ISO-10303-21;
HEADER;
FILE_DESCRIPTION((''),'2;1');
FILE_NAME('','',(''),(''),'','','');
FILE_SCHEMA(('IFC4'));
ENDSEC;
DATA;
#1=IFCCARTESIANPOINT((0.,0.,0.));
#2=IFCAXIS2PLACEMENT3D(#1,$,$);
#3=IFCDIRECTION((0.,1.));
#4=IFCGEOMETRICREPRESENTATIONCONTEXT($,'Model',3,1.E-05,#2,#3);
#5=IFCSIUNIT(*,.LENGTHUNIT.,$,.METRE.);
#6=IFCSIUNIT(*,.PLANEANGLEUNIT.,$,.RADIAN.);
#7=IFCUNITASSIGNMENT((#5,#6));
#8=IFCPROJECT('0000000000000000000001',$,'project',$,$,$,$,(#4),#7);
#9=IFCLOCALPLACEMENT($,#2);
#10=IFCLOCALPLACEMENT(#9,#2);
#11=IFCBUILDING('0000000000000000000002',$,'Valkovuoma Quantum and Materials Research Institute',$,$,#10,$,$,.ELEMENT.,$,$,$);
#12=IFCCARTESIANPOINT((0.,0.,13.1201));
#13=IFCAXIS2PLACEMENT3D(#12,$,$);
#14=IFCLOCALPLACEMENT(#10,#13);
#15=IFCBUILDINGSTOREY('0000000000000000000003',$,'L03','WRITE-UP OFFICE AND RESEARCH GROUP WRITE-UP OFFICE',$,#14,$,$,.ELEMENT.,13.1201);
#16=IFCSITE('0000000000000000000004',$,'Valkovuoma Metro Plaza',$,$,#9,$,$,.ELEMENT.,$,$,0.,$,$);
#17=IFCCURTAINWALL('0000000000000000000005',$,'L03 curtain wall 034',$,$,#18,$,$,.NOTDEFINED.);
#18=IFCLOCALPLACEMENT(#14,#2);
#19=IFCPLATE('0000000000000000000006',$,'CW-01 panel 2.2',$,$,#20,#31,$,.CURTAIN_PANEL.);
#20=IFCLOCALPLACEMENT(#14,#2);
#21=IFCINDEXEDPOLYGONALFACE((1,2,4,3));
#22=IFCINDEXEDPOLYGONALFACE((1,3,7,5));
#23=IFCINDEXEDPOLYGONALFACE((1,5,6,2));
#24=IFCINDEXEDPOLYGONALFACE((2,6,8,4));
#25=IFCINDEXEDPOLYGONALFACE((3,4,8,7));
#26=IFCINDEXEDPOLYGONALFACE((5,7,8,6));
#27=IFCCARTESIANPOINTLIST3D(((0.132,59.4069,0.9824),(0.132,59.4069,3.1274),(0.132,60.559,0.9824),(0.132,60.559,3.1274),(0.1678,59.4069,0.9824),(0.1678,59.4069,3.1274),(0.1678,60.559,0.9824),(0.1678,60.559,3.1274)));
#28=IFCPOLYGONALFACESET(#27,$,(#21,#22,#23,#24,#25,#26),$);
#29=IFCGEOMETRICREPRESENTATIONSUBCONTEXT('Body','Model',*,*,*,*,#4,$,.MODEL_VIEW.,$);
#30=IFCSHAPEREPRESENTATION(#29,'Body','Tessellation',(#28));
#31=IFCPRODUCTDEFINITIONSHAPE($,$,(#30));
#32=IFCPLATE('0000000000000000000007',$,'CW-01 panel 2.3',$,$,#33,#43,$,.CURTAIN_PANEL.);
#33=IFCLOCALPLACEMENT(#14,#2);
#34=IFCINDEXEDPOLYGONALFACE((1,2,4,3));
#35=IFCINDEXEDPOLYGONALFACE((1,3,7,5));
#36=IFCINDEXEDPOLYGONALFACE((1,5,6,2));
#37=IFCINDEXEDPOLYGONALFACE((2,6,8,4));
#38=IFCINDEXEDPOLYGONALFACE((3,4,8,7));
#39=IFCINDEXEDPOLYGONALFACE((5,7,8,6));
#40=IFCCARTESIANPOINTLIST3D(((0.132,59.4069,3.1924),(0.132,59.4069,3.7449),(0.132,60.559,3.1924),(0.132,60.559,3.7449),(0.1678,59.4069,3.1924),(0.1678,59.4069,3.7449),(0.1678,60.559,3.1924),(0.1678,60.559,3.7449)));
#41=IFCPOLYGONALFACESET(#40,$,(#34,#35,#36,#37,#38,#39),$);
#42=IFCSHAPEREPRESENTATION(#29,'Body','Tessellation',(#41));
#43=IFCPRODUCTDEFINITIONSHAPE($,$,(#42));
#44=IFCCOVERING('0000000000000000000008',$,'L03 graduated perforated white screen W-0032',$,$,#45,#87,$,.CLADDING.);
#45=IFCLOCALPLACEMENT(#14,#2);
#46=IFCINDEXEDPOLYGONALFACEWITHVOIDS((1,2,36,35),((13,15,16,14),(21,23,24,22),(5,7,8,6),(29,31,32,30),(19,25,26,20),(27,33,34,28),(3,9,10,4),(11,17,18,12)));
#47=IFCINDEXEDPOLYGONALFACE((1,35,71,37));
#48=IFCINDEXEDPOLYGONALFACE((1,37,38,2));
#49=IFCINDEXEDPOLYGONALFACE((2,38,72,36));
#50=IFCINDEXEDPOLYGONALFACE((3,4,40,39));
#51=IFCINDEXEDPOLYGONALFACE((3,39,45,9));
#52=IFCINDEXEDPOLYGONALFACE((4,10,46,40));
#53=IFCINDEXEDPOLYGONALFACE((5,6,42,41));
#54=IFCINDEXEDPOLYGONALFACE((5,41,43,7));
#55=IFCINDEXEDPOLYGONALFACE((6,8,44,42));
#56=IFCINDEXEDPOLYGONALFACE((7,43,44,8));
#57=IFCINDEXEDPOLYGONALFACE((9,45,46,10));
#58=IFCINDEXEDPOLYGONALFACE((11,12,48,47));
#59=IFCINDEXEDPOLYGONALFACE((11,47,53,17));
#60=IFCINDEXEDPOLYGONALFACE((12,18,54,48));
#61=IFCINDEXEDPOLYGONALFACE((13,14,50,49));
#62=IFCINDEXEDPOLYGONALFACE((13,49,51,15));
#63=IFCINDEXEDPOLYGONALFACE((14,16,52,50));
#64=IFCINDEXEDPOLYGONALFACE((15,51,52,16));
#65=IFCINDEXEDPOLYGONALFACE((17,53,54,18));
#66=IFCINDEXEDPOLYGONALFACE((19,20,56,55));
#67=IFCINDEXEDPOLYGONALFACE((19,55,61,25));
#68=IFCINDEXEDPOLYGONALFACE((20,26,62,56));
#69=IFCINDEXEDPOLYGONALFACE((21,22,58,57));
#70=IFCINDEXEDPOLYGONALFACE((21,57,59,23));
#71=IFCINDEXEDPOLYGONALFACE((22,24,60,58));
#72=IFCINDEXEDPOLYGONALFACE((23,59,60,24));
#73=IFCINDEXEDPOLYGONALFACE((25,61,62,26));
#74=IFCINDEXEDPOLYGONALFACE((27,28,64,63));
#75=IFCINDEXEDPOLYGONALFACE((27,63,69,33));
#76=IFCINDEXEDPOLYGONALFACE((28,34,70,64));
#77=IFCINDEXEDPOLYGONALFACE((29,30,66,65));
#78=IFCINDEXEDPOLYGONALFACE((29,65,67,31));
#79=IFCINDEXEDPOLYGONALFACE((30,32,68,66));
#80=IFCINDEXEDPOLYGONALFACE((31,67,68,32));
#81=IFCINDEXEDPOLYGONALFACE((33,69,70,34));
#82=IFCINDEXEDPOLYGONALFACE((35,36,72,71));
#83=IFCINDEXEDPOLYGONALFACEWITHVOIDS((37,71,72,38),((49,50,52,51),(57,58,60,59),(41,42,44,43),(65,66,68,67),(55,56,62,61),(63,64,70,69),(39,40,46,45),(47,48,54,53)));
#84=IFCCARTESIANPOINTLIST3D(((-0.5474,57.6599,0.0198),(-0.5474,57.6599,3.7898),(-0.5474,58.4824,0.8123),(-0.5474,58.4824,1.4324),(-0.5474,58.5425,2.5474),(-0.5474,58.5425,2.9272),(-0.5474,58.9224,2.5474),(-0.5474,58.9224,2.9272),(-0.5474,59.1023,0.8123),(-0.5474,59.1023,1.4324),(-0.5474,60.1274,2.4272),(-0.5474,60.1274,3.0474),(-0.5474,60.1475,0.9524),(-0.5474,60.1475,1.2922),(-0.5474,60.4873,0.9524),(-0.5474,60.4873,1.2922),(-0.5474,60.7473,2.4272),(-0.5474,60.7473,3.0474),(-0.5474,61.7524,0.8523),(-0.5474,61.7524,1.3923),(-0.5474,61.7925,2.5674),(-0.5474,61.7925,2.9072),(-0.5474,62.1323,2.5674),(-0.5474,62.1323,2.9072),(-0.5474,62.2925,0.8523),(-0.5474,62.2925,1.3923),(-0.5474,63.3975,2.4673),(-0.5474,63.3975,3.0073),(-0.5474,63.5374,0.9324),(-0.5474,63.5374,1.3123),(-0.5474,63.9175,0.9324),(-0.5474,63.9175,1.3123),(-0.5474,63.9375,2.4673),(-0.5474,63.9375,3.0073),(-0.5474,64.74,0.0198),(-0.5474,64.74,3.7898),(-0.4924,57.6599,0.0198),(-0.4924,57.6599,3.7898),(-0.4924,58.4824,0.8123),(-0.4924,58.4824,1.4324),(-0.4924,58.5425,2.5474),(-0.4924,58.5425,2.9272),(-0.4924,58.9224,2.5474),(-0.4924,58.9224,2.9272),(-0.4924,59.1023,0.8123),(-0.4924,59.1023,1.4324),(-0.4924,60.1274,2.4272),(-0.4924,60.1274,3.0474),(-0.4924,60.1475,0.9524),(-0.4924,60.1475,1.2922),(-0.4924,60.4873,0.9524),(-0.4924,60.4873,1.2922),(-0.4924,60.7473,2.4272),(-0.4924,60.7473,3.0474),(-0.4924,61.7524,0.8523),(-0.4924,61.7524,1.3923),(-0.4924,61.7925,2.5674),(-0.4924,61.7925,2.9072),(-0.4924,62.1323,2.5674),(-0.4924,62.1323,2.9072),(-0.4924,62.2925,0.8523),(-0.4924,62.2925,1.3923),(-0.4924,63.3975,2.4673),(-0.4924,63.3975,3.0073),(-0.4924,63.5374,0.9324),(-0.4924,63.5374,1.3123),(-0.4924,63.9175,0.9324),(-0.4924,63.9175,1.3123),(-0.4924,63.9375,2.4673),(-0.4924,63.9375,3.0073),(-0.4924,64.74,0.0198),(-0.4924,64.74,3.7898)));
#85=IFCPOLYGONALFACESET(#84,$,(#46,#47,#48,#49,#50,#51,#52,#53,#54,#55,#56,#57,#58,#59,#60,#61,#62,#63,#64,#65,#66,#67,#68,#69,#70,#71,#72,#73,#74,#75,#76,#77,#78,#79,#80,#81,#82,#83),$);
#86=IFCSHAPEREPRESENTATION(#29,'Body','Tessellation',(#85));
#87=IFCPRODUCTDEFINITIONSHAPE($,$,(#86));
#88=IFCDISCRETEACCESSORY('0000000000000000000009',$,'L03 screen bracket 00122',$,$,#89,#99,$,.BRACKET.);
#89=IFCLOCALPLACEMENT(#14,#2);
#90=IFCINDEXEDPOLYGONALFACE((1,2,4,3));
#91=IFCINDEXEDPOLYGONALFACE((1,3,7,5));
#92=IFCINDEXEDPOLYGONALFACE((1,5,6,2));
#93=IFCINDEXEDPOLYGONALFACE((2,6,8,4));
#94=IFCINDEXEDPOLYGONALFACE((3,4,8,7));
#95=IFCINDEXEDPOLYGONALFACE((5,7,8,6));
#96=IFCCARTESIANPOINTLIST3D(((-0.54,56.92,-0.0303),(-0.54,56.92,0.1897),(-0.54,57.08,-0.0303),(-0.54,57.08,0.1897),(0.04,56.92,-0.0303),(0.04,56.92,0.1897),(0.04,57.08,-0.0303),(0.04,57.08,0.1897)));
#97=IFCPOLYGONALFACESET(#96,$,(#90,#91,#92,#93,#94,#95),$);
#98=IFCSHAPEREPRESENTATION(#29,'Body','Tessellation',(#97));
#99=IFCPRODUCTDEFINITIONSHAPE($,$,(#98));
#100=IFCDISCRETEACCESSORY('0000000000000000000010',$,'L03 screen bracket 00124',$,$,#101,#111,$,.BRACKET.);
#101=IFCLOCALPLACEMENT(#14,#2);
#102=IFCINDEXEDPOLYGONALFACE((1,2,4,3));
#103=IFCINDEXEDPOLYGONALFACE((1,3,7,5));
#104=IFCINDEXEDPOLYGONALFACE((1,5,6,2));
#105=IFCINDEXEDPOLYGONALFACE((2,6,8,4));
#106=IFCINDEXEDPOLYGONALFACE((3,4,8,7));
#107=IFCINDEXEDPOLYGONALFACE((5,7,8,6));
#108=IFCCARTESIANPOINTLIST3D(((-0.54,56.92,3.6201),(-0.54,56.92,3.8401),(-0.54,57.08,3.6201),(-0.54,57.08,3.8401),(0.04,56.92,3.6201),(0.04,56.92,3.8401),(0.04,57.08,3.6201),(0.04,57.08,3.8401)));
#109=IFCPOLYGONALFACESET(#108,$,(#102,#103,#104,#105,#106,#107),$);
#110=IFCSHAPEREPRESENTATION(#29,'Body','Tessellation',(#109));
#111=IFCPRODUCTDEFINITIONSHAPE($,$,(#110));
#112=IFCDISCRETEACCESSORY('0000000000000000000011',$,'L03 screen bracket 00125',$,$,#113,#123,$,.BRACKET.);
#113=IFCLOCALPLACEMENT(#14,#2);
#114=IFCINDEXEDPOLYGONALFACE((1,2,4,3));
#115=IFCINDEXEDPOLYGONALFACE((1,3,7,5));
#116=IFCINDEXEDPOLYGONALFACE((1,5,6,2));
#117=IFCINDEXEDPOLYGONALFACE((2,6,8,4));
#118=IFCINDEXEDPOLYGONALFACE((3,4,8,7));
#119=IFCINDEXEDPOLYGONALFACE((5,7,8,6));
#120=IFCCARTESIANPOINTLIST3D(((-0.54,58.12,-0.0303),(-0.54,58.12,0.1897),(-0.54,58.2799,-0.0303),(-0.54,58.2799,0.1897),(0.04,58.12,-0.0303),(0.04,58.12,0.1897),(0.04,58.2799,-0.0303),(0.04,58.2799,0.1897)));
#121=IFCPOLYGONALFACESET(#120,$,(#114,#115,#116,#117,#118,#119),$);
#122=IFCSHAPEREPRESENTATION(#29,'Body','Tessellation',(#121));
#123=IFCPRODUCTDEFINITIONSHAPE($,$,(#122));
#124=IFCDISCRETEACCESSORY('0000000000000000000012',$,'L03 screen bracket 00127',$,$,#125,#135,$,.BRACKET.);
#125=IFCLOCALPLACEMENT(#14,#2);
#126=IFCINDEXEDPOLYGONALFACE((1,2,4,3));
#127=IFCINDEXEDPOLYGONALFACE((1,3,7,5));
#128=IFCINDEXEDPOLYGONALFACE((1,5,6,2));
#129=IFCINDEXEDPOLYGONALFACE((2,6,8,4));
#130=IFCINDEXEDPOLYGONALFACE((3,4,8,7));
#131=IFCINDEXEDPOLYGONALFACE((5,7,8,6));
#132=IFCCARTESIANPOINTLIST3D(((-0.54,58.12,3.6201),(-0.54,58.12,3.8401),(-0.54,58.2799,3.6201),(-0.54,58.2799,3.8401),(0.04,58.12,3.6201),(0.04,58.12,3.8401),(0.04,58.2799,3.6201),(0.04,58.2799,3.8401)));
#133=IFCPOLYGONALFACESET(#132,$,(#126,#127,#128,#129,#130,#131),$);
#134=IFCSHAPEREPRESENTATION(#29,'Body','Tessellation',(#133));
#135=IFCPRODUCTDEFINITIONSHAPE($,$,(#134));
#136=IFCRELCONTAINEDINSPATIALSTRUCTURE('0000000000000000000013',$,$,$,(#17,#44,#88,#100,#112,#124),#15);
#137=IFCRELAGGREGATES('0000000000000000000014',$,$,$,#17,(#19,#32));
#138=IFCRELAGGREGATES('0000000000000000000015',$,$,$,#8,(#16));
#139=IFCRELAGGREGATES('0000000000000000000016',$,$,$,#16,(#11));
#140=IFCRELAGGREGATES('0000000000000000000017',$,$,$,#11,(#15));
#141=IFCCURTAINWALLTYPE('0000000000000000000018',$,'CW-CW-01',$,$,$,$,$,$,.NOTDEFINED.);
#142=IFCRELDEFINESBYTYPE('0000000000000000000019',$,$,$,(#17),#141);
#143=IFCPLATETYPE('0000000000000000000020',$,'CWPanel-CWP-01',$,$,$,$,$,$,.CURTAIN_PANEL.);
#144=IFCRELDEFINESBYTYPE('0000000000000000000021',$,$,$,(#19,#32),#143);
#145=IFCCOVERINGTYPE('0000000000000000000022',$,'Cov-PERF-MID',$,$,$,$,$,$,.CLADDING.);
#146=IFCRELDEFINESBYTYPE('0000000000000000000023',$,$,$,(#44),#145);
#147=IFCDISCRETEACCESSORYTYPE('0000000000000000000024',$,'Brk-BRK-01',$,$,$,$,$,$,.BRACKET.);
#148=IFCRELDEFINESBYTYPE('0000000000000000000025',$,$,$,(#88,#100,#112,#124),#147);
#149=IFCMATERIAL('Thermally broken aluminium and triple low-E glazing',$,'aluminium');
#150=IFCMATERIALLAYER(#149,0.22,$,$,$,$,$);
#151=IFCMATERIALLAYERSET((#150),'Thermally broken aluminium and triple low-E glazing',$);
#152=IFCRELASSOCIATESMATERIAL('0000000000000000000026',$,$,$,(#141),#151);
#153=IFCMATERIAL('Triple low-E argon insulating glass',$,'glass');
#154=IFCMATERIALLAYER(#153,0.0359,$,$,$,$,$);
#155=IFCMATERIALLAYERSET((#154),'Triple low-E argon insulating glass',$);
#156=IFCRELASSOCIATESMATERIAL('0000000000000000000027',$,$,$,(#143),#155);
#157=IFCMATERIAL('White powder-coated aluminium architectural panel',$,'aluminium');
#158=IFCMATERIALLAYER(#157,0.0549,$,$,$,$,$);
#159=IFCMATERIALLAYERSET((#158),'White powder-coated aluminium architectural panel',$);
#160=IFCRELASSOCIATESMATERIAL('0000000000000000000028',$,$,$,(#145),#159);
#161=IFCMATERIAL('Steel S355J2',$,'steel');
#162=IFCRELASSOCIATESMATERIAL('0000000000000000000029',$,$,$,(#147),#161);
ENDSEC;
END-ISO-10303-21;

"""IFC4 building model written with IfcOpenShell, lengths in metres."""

from ifc_helpers import new_model, si_unit, direction, frame, origin, origin_2d, place, context, subcontext, project, spatial, polyline, rectangle, outline, extrude, material, layer, layer_set, type_object, element, aggregate, save


model = new_model("IFC4")

# Units and contexts
model_context = context("Model", 3, precision=1e-05, world=origin(), true_north=direction((0.0, 1.0)))
body_context = subcontext(model_context, "Body", "Model", "MODEL_VIEW")
ifc_project = project(units=[si_unit("LENGTHUNIT", "METRE"), si_unit("PLANEANGLEUNIT", "RADIAN")], contexts=[model_context])

# Site, building, storey
site_placement = place(None, origin())
site = spatial("IfcSite", under=ifc_project, at=site_placement, Name="Valkovuoma Metro Plaza", CompositionType="ELEMENT", RefElevation=0.0)
building_placement = place(site_placement, origin())
building = spatial("IfcBuilding", under=site, at=building_placement, Name="Valkovuoma Quantum and Materials Research Institute", CompositionType="ELEMENT")
storey_placement = place(building_placement, frame((0.0, 0.0, 13.1201)))
storey = spatial("IfcBuildingStorey", under=building, at=storey_placement, Name="L03", Description="WRITE-UP OFFICE AND RESEARCH GROUP WRITE-UP OFFICE", CompositionType="ELEMENT", Elevation=13.1201)

# Curtain wall
ifc_material_1 = material(Name="Thermally broken aluminium and triple low-E glazing", Category="aluminium")
ifc_layer_1 = layer(ifc_material_1, 0.22)
ifc_layer_set_1 = layer_set([ifc_layer_1], Name="Thermally broken aluminium and triple low-E glazing")
curtain_wall_type = type_object("IfcCurtainWallType", Name="CW-CW-01", PredefinedType="NOTDEFINED", material=ifc_layer_set_1)
curtain_wall_1_placement = place(storey_placement, origin())
curtain_wall_1 = element("IfcCurtainWall", 1, at=curtain_wall_1_placement, inside=storey, type_object=curtain_wall_type, Name="L03 curtain wall 034", PredefinedType="NOTDEFINED")

# Plates
ifc_material_2 = material(Name="Triple low-E argon insulating glass", Category="glass")
ifc_layer_2 = layer(ifc_material_2, 0.0359)
ifc_layer_set_2 = layer_set([ifc_layer_2], Name="Triple low-E argon insulating glass")
plate_type = type_object("IfcPlateType", Name="CWPanel-CWP-01", PredefinedType="CURTAIN_PANEL", material=ifc_layer_set_2)
plate_1_placement = place(storey_placement, frame((0.1499, 59.9829, 0.9824), z_axis=(0.0, 0.0, 1.0), x_axis=(0.0, 1.0, 0.0)))
plate_1 = element("IfcPlate", 2, at=plate_1_placement, type_object=plate_type, Name="CW-01 panel 2.2", PredefinedType="CURTAIN_PANEL", context=body_context, shape_type="SweptSolid", body=[
    extrude(rectangle(XDim=1.1521, YDim=0.0359, at=origin_2d()), origin(), (0.0, 0.0, 1.0), 2.145),
])
plate_2_placement = place(storey_placement, frame((0.1499, 59.9829, 3.1924), z_axis=(0.0, 0.0, 1.0), x_axis=(0.0, 1.0, 0.0)))
plate_2 = element("IfcPlate", 3, at=plate_2_placement, type_object=plate_type, Name="CW-01 panel 2.3", PredefinedType="CURTAIN_PANEL", context=body_context, shape_type="SweptSolid", body=[
    extrude(rectangle(XDim=1.1521, YDim=0.0359, at=origin_2d()), origin(), (0.0, 0.0, 1.0), 0.5525),
])
aggregate(curtain_wall_1, [plate_1, plate_2])

# Covering
ifc_material_3 = material(Name="White powder-coated aluminium architectural panel", Category="aluminium")
ifc_layer_3 = layer(ifc_material_3, 0.0549)
ifc_layer_set_3 = layer_set([ifc_layer_3], Name="White powder-coated aluminium architectural panel")
covering_type = type_object("IfcCoveringType", Name="Cov-PERF-MID", PredefinedType="CLADDING", material=ifc_layer_set_3)
covering_placement = place(storey_placement, frame((-0.52, 57.6599, 0.0198), z_axis=(0.0, 0.0, 1.0), x_axis=(0.0, 1.0, 0.0)))
element("IfcCovering", 4, at=covering_placement, inside=storey, type_object=covering_type, Name="L03 graduated perforated white screen W-0032", PredefinedType="CLADDING", context=body_context, shape_type="SweptSolid", body=[
    extrude(outline(polyline([(0.0, 0.0), (7.0801, 0.0), (7.0801, 3.77), (0.0, 3.77), (0.0, 0.0)]), holes=[polyline([(0.8225, 0.7925), (0.8225, 1.4126), (1.4424, 1.4126), (1.4424, 0.7925), (0.8225, 0.7925)]), polyline([(0.8826, 2.5276), (0.8826, 2.9075), (1.2625, 2.9075), (1.2625, 2.5276), (0.8826, 2.5276)]), polyline([(2.4875, 0.9326), (2.4875, 1.2725), (2.8274, 1.2725), (2.8274, 0.9326), (2.4875, 0.9326)]), polyline([(2.4675, 2.4075), (2.4675, 3.0276), (3.0874, 3.0276), (3.0874, 2.4075), (2.4675, 2.4075)]), polyline([(4.0925, 0.8325), (4.0925, 1.3726), (4.6326, 1.3726), (4.6326, 0.8325), (4.0925, 0.8325)]), polyline([(4.1326, 2.5476), (4.1326, 2.8875), (4.4724, 2.8875), (4.4724, 2.5476), (4.1326, 2.5476)]), polyline([(5.8774, 0.9126), (5.8774, 1.2925), (6.2576, 1.2925), (6.2576, 0.9126), (5.8774, 0.9126)]), polyline([(5.7375, 2.4475), (5.7375, 2.9875), (6.2776, 2.9875), (6.2776, 2.4475), (5.7375, 2.4475)])]), frame((0.0, 0.0273, 0.0), z_axis=(0.0, -1.0, 0.0), x_axis=(1.0, 0.0, 0.0)), (0.0, 0.0, 1.0), 0.0549),
])

# Discrete accessories
ifc_material_4 = material(Name="Steel S355J2", Category="steel")
discrete_accessory_type = type_object("IfcDiscreteAccessoryType", Name="Brk-BRK-01", PredefinedType="BRACKET", material=ifc_material_4)
for number, where, z_axis, x_axis, name in (
    (5, (-0.25, 57.0, -0.0303), (0.0, 0.0, 1.0), (1.0, 0.0, 0.0), "L03 screen bracket 00122"),
    (6, (-0.25, 57.0, 3.6201), (0.0, 0.0, 1.0), (1.0, 0.0, 0.0), "L03 screen bracket 00124"),
    (7, (-0.25, 58.2, -0.0303), (0.0, 0.0, 1.0), (1.0, 0.0, 0.0), "L03 screen bracket 00125"),
    (8, (-0.25, 58.2, 3.6201), (0.0, 0.0, 1.0), (1.0, 0.0, 0.0), "L03 screen bracket 00127"),
):
    element("IfcDiscreteAccessory", number, at=place(storey_placement, frame(where, z_axis=z_axis, x_axis=x_axis)), inside=storey, type_object=discrete_accessory_type, Name=name, PredefinedType="BRACKET", context=body_context, shape_type="SweptSolid", body=[
        extrude(rectangle(XDim=0.5801, YDim=0.1599, at=origin_2d()), origin(), (0.0, 0.0, 1.0), 0.22),
    ])

save(model, "model.ifc")
